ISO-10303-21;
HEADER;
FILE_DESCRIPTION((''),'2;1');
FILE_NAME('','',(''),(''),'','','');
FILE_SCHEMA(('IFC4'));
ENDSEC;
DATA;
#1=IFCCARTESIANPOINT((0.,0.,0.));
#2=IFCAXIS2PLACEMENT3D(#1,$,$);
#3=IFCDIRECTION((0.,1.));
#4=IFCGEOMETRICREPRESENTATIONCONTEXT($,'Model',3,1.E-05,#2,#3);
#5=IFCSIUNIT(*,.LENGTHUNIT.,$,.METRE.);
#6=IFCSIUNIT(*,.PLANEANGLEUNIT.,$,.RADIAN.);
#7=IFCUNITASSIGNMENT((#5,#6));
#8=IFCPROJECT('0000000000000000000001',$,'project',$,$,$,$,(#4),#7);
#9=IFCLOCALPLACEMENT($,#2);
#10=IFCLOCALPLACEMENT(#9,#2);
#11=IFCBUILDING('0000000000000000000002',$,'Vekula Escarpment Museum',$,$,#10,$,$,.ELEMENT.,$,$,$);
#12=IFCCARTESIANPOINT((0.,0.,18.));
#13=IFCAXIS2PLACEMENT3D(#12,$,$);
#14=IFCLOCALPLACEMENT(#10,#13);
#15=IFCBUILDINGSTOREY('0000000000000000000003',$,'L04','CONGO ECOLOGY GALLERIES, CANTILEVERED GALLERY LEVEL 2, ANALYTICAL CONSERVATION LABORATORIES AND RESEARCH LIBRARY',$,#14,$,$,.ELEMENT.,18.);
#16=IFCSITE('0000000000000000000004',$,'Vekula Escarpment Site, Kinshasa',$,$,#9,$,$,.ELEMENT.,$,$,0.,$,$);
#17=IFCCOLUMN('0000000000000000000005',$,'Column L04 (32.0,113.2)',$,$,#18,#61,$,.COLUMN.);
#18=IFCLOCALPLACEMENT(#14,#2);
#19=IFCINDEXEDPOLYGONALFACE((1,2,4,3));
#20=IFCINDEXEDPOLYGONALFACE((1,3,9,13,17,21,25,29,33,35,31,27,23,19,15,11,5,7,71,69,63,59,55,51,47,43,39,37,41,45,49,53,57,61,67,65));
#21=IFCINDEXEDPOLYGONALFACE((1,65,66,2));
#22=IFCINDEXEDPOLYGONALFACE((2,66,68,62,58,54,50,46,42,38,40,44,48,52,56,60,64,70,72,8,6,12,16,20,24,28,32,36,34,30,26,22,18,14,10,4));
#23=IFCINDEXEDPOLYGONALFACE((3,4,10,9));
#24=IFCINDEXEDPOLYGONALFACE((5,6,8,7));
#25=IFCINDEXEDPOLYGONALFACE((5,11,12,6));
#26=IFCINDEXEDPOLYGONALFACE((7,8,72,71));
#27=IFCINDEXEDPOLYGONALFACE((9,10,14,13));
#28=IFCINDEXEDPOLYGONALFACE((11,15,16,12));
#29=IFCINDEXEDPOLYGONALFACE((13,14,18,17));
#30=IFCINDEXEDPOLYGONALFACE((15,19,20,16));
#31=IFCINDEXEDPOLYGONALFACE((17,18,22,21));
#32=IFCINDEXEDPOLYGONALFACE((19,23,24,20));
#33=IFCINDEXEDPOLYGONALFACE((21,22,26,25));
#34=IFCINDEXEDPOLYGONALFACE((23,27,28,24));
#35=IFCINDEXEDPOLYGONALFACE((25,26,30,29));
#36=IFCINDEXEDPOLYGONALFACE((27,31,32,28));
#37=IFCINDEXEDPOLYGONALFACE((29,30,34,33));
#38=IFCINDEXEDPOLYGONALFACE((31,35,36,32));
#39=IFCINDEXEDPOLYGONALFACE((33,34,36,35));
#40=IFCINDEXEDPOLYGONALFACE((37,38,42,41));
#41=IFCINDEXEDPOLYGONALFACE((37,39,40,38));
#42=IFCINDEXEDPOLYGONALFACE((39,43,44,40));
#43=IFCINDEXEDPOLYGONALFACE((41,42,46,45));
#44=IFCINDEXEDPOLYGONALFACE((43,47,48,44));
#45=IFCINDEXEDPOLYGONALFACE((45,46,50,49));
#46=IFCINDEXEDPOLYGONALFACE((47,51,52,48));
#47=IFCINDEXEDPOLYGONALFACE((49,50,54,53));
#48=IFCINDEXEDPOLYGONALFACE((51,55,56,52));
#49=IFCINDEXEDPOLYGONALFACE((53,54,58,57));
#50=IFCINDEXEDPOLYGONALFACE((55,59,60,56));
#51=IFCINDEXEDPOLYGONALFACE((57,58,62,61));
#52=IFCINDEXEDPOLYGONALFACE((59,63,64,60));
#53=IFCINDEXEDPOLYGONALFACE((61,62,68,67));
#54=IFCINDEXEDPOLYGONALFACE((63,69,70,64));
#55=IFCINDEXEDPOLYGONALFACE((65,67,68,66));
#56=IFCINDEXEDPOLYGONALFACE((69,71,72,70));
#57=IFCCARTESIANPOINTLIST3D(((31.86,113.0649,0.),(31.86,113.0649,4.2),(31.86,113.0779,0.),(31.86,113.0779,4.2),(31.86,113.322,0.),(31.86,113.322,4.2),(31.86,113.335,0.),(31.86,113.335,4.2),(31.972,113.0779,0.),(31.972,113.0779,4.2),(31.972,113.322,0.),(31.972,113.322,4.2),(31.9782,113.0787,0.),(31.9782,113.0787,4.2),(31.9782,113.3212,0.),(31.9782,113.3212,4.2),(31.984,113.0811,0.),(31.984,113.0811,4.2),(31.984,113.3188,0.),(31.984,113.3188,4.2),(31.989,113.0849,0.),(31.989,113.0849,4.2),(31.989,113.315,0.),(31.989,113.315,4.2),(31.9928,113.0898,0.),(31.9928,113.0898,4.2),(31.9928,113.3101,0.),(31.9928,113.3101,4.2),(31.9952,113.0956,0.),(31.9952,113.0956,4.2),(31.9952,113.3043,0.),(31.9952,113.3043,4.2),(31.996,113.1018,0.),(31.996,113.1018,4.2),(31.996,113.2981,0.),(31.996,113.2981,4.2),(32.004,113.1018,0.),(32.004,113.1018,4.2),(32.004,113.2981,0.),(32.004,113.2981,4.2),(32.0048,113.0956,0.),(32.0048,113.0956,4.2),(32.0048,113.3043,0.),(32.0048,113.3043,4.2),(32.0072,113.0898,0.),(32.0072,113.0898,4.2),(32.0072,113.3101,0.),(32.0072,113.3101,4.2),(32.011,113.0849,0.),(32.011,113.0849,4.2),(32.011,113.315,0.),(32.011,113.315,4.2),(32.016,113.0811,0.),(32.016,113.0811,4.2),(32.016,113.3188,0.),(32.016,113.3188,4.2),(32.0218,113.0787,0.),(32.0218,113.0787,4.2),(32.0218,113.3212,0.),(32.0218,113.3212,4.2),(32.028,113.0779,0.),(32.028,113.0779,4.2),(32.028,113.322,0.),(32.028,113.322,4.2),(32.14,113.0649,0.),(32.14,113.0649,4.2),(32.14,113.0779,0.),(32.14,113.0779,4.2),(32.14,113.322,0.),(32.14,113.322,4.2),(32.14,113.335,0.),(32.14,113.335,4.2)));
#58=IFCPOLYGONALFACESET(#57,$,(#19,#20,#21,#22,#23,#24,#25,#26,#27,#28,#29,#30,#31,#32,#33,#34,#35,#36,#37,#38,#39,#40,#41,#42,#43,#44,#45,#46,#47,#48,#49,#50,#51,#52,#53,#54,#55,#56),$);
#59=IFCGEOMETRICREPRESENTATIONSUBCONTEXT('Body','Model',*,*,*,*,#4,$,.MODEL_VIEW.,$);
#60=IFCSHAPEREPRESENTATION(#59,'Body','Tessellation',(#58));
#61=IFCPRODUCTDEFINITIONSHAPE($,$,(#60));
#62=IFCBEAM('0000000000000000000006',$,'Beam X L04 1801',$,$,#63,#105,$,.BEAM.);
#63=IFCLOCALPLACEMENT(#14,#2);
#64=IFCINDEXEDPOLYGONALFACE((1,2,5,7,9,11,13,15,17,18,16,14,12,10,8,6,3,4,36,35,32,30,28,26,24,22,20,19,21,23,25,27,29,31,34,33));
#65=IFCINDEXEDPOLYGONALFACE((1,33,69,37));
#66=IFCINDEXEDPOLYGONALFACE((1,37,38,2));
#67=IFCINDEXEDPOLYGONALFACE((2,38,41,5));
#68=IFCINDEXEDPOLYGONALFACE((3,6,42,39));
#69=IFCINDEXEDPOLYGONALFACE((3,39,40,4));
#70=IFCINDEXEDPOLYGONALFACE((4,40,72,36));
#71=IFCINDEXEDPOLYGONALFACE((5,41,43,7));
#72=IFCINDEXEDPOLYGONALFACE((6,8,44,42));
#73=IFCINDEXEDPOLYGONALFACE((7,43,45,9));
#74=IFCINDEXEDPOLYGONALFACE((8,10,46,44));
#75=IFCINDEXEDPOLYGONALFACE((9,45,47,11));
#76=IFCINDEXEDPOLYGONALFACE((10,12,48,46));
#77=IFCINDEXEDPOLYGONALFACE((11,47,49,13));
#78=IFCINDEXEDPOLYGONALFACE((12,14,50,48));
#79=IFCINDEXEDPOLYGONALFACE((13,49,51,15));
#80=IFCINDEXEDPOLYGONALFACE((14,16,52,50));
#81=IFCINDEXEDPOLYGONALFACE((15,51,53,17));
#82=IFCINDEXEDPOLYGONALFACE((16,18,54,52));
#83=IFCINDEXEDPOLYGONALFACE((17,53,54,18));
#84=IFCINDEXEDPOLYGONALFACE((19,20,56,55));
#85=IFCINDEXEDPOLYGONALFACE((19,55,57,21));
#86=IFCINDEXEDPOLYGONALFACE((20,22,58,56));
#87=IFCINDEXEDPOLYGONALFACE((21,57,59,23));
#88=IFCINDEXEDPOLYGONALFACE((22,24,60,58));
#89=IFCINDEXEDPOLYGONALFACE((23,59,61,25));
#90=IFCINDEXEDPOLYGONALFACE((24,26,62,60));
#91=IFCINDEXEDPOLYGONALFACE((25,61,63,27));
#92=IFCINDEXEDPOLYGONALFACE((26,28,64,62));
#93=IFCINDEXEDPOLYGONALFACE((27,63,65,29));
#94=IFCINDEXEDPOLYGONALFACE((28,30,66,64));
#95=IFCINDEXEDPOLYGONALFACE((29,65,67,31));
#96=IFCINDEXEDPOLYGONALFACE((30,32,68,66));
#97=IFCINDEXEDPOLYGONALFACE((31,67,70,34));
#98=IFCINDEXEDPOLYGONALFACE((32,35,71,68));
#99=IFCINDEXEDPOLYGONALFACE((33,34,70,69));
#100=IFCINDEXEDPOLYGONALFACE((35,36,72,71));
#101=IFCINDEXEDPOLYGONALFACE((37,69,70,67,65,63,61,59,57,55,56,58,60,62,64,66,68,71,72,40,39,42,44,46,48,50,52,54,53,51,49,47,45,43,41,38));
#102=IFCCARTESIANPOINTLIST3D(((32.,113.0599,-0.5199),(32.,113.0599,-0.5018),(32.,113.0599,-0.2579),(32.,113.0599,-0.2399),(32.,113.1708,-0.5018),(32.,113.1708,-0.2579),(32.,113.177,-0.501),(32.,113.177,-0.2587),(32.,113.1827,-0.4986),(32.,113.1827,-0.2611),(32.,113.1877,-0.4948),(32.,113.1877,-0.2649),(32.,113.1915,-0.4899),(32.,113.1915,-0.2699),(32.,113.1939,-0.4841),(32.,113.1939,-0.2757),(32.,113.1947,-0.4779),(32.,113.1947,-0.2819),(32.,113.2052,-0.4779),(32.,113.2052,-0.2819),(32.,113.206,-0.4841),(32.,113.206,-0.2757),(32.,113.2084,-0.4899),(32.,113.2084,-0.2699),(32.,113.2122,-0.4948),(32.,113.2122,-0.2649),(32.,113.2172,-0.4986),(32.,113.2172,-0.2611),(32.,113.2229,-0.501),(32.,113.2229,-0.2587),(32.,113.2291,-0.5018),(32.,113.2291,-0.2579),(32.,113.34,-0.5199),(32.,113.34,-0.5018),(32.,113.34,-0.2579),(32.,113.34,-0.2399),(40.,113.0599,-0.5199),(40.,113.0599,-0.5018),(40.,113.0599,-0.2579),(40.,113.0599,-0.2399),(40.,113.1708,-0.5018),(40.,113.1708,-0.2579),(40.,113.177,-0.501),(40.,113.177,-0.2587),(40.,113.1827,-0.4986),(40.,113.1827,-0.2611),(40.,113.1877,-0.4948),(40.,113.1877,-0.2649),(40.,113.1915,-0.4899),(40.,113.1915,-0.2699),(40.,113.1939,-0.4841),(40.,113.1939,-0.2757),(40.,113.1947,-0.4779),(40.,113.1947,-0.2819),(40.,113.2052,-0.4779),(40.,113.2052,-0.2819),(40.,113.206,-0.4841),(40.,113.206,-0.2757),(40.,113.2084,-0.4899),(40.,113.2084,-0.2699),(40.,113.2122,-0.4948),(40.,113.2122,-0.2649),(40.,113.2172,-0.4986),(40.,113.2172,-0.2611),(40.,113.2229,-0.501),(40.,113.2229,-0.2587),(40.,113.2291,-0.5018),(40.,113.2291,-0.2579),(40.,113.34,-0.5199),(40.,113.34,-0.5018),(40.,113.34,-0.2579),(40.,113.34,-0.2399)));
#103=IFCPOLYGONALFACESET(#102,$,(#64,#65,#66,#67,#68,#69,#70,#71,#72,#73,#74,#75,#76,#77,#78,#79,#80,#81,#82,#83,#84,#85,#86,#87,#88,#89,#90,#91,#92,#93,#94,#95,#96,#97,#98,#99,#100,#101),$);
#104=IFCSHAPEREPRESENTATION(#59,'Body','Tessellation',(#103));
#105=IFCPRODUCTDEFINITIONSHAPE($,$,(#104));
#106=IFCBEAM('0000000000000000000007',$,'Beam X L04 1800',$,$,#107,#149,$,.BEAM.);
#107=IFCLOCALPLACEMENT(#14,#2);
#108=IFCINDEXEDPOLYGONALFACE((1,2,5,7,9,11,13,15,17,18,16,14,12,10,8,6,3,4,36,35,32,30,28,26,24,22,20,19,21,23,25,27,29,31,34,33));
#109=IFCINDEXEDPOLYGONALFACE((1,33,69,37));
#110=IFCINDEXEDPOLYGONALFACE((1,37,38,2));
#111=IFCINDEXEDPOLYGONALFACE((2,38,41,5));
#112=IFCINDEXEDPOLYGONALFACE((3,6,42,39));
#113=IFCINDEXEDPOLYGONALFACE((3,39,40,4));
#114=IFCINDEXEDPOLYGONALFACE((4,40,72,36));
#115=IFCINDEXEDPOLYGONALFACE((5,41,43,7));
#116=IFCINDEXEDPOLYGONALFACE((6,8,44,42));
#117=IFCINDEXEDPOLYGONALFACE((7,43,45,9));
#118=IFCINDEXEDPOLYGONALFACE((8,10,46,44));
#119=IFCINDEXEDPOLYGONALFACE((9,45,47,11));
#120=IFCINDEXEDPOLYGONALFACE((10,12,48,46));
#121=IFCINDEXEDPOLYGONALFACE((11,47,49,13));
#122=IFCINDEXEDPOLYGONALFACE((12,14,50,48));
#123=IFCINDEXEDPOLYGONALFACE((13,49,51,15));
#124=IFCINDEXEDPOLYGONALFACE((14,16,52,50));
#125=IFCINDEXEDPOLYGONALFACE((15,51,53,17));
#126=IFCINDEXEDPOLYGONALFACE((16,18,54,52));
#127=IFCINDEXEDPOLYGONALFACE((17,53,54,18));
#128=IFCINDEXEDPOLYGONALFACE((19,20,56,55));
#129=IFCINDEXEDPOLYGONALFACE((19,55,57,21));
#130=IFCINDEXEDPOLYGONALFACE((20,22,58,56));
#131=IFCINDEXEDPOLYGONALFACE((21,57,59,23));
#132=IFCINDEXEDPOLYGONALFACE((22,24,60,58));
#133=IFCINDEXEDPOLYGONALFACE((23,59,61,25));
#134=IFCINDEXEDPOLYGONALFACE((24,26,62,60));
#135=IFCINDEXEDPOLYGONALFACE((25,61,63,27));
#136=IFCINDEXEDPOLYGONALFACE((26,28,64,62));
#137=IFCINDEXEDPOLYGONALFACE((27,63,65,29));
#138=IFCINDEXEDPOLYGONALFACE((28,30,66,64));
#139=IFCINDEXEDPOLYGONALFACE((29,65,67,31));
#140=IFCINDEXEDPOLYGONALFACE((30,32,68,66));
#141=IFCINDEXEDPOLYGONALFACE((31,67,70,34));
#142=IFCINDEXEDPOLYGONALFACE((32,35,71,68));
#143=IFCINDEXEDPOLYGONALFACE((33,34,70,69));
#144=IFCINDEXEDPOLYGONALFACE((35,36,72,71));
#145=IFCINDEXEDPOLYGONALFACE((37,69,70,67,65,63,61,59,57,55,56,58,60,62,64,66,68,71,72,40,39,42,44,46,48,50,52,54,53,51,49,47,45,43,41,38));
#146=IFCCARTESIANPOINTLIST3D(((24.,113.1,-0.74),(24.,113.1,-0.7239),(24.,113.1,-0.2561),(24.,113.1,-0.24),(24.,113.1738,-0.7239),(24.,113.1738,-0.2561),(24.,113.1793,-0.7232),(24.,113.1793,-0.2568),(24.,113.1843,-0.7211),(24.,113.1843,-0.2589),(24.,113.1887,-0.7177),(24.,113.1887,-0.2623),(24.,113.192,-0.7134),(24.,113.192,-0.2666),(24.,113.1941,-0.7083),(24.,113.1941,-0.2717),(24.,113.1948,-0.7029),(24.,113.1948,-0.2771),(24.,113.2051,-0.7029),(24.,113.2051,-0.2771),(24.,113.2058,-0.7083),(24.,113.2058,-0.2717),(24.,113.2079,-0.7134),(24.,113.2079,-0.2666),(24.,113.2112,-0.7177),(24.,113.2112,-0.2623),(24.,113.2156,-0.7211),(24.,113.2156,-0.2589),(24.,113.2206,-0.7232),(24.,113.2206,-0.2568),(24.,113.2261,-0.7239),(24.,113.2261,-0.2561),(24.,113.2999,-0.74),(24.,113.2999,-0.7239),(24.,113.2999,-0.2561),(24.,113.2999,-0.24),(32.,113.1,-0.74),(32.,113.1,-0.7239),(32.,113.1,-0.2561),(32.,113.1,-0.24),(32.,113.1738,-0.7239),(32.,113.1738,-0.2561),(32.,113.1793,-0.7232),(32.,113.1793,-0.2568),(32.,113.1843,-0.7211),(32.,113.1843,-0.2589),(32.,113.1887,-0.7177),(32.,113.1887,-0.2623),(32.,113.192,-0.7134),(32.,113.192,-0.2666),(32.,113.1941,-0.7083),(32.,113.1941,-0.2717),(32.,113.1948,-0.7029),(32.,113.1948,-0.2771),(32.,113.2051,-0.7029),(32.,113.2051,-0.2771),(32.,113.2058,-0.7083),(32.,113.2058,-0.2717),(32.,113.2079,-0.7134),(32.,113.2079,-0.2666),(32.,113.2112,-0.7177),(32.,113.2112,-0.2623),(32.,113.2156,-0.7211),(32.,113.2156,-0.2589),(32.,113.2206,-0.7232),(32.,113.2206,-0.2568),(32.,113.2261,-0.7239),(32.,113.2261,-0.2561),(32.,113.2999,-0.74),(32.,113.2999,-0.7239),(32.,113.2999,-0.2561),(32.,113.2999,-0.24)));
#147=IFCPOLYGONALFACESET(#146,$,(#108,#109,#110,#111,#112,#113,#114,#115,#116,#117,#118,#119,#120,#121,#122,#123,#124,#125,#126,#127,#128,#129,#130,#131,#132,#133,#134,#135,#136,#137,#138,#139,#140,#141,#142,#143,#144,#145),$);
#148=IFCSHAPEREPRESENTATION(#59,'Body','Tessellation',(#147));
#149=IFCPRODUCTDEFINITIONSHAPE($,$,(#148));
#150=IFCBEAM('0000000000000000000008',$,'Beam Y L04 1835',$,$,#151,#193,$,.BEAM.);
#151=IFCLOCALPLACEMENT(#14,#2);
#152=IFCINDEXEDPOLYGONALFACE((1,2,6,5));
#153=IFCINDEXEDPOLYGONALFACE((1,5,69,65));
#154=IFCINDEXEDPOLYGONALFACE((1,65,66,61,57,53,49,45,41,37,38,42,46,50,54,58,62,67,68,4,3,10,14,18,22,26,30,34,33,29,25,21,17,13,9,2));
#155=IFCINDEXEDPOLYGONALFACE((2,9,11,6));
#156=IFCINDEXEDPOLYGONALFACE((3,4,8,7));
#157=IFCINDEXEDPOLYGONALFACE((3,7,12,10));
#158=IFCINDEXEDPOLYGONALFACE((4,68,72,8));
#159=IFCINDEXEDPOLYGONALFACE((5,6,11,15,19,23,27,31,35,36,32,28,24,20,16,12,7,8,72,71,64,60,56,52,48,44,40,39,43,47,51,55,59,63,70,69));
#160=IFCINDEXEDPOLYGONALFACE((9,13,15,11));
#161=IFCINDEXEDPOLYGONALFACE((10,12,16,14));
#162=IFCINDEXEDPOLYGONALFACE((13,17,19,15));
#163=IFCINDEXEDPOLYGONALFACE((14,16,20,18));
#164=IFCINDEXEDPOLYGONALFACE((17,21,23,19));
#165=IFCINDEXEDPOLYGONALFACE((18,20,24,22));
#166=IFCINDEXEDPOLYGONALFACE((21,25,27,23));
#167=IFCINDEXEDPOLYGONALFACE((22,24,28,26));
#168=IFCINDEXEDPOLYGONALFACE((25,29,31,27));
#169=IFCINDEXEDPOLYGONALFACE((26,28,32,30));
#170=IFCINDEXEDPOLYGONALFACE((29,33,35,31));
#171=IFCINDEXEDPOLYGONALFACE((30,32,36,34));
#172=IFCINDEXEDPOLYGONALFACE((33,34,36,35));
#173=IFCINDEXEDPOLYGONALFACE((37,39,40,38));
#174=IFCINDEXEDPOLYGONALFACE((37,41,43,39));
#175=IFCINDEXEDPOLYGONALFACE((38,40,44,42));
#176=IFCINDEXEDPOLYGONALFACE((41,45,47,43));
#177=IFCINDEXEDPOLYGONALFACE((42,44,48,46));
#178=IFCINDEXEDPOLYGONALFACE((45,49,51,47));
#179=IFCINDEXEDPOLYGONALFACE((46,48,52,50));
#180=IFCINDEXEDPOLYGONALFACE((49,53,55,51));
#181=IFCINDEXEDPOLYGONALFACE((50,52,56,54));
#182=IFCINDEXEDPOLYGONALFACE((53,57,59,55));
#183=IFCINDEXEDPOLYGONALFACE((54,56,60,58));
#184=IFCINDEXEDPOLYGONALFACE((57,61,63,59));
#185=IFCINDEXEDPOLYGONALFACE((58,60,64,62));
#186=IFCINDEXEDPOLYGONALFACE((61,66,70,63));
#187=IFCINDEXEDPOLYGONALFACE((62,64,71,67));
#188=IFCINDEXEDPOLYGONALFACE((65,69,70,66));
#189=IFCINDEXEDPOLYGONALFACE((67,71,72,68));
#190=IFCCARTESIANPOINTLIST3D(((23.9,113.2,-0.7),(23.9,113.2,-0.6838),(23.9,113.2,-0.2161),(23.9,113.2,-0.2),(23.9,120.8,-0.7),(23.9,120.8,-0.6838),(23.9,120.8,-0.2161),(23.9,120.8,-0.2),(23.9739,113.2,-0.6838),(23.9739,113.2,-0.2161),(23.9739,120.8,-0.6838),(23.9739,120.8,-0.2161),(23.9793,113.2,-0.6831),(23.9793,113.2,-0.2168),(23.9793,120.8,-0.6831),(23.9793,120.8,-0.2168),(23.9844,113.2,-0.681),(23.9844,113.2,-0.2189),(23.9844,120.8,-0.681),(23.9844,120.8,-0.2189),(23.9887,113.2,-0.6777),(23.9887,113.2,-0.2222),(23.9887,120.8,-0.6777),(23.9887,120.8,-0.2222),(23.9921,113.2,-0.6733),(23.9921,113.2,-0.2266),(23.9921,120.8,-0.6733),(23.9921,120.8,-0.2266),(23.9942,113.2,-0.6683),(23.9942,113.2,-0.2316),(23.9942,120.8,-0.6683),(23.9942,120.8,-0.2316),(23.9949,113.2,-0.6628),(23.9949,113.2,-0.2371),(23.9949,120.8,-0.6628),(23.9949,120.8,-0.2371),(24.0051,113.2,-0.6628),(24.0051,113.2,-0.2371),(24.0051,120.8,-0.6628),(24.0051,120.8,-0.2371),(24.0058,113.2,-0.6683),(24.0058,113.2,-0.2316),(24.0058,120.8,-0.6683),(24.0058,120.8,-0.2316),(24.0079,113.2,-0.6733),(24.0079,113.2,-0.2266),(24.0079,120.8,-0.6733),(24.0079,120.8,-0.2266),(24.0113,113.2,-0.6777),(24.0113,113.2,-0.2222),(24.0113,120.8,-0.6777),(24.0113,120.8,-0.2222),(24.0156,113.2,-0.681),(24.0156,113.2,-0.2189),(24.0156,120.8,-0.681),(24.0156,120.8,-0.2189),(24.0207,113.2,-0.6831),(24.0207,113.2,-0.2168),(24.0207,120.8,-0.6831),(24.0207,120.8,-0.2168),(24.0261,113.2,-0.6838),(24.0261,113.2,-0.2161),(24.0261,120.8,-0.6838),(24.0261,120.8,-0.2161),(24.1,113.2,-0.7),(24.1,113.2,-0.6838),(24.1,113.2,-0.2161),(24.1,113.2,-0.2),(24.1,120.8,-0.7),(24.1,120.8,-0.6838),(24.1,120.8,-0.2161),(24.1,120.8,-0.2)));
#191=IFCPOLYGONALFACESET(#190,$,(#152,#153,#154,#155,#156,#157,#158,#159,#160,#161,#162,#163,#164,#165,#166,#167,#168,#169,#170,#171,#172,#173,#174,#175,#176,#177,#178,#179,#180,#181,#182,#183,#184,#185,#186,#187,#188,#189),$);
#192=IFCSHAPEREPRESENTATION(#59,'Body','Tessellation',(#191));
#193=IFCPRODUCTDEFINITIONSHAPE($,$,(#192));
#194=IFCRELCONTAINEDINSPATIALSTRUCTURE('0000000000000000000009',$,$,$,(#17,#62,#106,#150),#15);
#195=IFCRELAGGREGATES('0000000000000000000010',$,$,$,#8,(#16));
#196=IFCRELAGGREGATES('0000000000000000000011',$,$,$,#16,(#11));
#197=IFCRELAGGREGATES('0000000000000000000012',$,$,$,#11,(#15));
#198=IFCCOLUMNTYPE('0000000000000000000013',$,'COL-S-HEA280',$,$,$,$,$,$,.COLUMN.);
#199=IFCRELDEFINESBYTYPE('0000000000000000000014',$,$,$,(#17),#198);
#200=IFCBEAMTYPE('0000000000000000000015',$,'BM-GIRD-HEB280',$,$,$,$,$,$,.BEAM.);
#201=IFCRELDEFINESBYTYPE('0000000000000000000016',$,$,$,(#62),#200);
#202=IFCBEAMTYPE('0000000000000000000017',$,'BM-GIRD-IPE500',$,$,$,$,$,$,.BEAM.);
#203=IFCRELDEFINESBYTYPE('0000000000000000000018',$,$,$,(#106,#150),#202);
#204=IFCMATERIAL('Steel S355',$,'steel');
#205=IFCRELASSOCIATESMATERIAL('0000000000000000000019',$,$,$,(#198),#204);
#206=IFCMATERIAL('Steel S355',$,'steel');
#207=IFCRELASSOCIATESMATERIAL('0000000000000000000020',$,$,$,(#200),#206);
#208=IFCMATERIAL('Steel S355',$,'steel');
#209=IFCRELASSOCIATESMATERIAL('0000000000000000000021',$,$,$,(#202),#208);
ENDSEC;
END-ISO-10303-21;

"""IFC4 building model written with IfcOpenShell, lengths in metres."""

from ifc_helpers import new_model, si_unit, direction, frame, origin, origin_2d, place, context, subcontext, project, spatial, i_section, extrude, material, material_profile, profile_set, type_object, element, save


model = new_model("IFC4")

# Units and contexts
model_context = context("Model", 3, precision=1e-05, world=origin(), true_north=direction((0.0, 1.0)))
body_context = subcontext(model_context, "Body", "Model", "MODEL_VIEW")
ifc_project = project(units=[si_unit("LENGTHUNIT", "METRE"), si_unit("PLANEANGLEUNIT", "RADIAN")], contexts=[model_context])

# Site, building, storey
site_placement = place(None, origin())
site = spatial("IfcSite", under=ifc_project, at=site_placement, Name="Vekula Escarpment Site, Kinshasa", CompositionType="ELEMENT", RefElevation=0.0)
building_placement = place(site_placement, origin())
building = spatial("IfcBuilding", under=site, at=building_placement, Name="Vekula Escarpment Museum", CompositionType="ELEMENT")
storey_placement = place(building_placement, frame((0.0, 0.0, 18.0)))
storey = spatial("IfcBuildingStorey", under=building, at=storey_placement, Name="L04", Description="CONGO ECOLOGY GALLERIES, CANTILEVERED GALLERY LEVEL 2, ANALYTICAL CONSERVATION LABORATORIES AND RESEARCH LIBRARY", CompositionType="ELEMENT", Elevation=18.0)

# Column
ifc_material_1 = material(Name="Steel S355", Category="steel")
ifc_material_profile_1 = material_profile(ifc_material_1, i_section(OverallWidth=0.28, OverallDepth=0.27, WebThickness=0.0081, FlangeThickness=0.0129, FilletRadius=0.0239, at=origin_2d()), Name="HEA 280")
ifc_profile_set_1 = profile_set([ifc_material_profile_1], Name="Steel S355")
column_type = type_object("IfcColumnType", Name="COL-S-HEA280", PredefinedType="COLUMN", material=ifc_profile_set_1)
column_placement = place(storey_placement, frame((32.0, 113.2, 0.0), z_axis=(0.0, 0.0, 1.0), x_axis=(1.0, 0.0, 0.0)))
element("IfcColumn", 1, at=column_placement, inside=storey, type_object=column_type, Name="Column L04 (32.0,113.2)", PredefinedType="COLUMN", context=body_context, shape_type="SweptSolid", body=[
    extrude(i_section(OverallWidth=0.28, OverallDepth=0.27, WebThickness=0.0081, FlangeThickness=0.0129, FilletRadius=0.0239, at=origin_2d()), origin(), (0.0, 0.0, 1.0), 4.2),
])

# Beams
ifc_material_2 = material(Name="Steel S355", Category="steel")
ifc_material_profile_2 = material_profile(ifc_material_2, i_section(OverallWidth=0.28, OverallDepth=0.28, WebThickness=0.0105, FlangeThickness=0.0181, FilletRadius=0.0239, at=origin_2d()), Name="HEB 280")
ifc_profile_set_2 = profile_set([ifc_material_profile_2], Name="Steel S355")
beam_type_1 = type_object("IfcBeamType", Name="BM-GIRD-HEB280", PredefinedType="BEAM", material=ifc_profile_set_2)
beam_1_placement = place(storey_placement, frame((32.0, 113.2, -0.3799), z_axis=(1.0, 0.0, 0.0), x_axis=(0.0, 1.0, 0.0)))
element("IfcBeam", 2, at=beam_1_placement, inside=storey, type_object=beam_type_1, Name="Beam X L04 1801", PredefinedType="BEAM", context=body_context, shape_type="SweptSolid", body=[
    extrude(i_section(OverallWidth=0.28, OverallDepth=0.28, WebThickness=0.0105, FlangeThickness=0.0181, FilletRadius=0.0239, at=origin_2d()), origin(), (0.0, 0.0, 1.0), 8.0),
])
ifc_material_3 = material(Name="Steel S355", Category="steel")
ifc_material_profile_3 = material_profile(ifc_material_3, i_section(OverallWidth=0.2, OverallDepth=0.5, WebThickness=0.0103, FlangeThickness=0.0161, FilletRadius=0.021, at=origin_2d()), Name="IPE 500")
ifc_profile_set_3 = profile_set([ifc_material_profile_3], Name="Steel S355")
beam_type_2 = type_object("IfcBeamType", Name="BM-GIRD-IPE500", PredefinedType="BEAM", material=ifc_profile_set_3)
beam_2_placement = place(storey_placement, frame((24.0, 113.2, -0.49), z_axis=(1.0, 0.0, 0.0), x_axis=(0.0, 1.0, 0.0)))
element("IfcBeam", 3, at=beam_2_placement, inside=storey, type_object=beam_type_2, Name="Beam X L04 1800", PredefinedType="BEAM", context=body_context, shape_type="SweptSolid", body=[
    extrude(i_section(OverallWidth=0.2, OverallDepth=0.5, WebThickness=0.0103, FlangeThickness=0.0161, FilletRadius=0.021, at=origin_2d()), origin(), (0.0, 0.0, 1.0), 8.0),
])
for number, where, z_axis, x_axis, name in (
    (4, (24.0, 113.2, -0.45), (0.0, 1.0, 0.0), (-1.0, 0.0, 0.0), "Beam Y L04 1835"),
):
    element("IfcBeam", number, at=place(storey_placement, frame(where, z_axis=z_axis, x_axis=x_axis)), inside=storey, type_object=beam_type_2, Name=name, PredefinedType="BEAM", context=body_context, shape_type="SweptSolid", body=[
        extrude(i_section(OverallWidth=0.2, OverallDepth=0.5, WebThickness=0.0103, FlangeThickness=0.0161, FilletRadius=0.021, at=origin_2d()), origin(), (0.0, 0.0, 1.0), 7.6001),
    ])

save(model, "model.ifc")
